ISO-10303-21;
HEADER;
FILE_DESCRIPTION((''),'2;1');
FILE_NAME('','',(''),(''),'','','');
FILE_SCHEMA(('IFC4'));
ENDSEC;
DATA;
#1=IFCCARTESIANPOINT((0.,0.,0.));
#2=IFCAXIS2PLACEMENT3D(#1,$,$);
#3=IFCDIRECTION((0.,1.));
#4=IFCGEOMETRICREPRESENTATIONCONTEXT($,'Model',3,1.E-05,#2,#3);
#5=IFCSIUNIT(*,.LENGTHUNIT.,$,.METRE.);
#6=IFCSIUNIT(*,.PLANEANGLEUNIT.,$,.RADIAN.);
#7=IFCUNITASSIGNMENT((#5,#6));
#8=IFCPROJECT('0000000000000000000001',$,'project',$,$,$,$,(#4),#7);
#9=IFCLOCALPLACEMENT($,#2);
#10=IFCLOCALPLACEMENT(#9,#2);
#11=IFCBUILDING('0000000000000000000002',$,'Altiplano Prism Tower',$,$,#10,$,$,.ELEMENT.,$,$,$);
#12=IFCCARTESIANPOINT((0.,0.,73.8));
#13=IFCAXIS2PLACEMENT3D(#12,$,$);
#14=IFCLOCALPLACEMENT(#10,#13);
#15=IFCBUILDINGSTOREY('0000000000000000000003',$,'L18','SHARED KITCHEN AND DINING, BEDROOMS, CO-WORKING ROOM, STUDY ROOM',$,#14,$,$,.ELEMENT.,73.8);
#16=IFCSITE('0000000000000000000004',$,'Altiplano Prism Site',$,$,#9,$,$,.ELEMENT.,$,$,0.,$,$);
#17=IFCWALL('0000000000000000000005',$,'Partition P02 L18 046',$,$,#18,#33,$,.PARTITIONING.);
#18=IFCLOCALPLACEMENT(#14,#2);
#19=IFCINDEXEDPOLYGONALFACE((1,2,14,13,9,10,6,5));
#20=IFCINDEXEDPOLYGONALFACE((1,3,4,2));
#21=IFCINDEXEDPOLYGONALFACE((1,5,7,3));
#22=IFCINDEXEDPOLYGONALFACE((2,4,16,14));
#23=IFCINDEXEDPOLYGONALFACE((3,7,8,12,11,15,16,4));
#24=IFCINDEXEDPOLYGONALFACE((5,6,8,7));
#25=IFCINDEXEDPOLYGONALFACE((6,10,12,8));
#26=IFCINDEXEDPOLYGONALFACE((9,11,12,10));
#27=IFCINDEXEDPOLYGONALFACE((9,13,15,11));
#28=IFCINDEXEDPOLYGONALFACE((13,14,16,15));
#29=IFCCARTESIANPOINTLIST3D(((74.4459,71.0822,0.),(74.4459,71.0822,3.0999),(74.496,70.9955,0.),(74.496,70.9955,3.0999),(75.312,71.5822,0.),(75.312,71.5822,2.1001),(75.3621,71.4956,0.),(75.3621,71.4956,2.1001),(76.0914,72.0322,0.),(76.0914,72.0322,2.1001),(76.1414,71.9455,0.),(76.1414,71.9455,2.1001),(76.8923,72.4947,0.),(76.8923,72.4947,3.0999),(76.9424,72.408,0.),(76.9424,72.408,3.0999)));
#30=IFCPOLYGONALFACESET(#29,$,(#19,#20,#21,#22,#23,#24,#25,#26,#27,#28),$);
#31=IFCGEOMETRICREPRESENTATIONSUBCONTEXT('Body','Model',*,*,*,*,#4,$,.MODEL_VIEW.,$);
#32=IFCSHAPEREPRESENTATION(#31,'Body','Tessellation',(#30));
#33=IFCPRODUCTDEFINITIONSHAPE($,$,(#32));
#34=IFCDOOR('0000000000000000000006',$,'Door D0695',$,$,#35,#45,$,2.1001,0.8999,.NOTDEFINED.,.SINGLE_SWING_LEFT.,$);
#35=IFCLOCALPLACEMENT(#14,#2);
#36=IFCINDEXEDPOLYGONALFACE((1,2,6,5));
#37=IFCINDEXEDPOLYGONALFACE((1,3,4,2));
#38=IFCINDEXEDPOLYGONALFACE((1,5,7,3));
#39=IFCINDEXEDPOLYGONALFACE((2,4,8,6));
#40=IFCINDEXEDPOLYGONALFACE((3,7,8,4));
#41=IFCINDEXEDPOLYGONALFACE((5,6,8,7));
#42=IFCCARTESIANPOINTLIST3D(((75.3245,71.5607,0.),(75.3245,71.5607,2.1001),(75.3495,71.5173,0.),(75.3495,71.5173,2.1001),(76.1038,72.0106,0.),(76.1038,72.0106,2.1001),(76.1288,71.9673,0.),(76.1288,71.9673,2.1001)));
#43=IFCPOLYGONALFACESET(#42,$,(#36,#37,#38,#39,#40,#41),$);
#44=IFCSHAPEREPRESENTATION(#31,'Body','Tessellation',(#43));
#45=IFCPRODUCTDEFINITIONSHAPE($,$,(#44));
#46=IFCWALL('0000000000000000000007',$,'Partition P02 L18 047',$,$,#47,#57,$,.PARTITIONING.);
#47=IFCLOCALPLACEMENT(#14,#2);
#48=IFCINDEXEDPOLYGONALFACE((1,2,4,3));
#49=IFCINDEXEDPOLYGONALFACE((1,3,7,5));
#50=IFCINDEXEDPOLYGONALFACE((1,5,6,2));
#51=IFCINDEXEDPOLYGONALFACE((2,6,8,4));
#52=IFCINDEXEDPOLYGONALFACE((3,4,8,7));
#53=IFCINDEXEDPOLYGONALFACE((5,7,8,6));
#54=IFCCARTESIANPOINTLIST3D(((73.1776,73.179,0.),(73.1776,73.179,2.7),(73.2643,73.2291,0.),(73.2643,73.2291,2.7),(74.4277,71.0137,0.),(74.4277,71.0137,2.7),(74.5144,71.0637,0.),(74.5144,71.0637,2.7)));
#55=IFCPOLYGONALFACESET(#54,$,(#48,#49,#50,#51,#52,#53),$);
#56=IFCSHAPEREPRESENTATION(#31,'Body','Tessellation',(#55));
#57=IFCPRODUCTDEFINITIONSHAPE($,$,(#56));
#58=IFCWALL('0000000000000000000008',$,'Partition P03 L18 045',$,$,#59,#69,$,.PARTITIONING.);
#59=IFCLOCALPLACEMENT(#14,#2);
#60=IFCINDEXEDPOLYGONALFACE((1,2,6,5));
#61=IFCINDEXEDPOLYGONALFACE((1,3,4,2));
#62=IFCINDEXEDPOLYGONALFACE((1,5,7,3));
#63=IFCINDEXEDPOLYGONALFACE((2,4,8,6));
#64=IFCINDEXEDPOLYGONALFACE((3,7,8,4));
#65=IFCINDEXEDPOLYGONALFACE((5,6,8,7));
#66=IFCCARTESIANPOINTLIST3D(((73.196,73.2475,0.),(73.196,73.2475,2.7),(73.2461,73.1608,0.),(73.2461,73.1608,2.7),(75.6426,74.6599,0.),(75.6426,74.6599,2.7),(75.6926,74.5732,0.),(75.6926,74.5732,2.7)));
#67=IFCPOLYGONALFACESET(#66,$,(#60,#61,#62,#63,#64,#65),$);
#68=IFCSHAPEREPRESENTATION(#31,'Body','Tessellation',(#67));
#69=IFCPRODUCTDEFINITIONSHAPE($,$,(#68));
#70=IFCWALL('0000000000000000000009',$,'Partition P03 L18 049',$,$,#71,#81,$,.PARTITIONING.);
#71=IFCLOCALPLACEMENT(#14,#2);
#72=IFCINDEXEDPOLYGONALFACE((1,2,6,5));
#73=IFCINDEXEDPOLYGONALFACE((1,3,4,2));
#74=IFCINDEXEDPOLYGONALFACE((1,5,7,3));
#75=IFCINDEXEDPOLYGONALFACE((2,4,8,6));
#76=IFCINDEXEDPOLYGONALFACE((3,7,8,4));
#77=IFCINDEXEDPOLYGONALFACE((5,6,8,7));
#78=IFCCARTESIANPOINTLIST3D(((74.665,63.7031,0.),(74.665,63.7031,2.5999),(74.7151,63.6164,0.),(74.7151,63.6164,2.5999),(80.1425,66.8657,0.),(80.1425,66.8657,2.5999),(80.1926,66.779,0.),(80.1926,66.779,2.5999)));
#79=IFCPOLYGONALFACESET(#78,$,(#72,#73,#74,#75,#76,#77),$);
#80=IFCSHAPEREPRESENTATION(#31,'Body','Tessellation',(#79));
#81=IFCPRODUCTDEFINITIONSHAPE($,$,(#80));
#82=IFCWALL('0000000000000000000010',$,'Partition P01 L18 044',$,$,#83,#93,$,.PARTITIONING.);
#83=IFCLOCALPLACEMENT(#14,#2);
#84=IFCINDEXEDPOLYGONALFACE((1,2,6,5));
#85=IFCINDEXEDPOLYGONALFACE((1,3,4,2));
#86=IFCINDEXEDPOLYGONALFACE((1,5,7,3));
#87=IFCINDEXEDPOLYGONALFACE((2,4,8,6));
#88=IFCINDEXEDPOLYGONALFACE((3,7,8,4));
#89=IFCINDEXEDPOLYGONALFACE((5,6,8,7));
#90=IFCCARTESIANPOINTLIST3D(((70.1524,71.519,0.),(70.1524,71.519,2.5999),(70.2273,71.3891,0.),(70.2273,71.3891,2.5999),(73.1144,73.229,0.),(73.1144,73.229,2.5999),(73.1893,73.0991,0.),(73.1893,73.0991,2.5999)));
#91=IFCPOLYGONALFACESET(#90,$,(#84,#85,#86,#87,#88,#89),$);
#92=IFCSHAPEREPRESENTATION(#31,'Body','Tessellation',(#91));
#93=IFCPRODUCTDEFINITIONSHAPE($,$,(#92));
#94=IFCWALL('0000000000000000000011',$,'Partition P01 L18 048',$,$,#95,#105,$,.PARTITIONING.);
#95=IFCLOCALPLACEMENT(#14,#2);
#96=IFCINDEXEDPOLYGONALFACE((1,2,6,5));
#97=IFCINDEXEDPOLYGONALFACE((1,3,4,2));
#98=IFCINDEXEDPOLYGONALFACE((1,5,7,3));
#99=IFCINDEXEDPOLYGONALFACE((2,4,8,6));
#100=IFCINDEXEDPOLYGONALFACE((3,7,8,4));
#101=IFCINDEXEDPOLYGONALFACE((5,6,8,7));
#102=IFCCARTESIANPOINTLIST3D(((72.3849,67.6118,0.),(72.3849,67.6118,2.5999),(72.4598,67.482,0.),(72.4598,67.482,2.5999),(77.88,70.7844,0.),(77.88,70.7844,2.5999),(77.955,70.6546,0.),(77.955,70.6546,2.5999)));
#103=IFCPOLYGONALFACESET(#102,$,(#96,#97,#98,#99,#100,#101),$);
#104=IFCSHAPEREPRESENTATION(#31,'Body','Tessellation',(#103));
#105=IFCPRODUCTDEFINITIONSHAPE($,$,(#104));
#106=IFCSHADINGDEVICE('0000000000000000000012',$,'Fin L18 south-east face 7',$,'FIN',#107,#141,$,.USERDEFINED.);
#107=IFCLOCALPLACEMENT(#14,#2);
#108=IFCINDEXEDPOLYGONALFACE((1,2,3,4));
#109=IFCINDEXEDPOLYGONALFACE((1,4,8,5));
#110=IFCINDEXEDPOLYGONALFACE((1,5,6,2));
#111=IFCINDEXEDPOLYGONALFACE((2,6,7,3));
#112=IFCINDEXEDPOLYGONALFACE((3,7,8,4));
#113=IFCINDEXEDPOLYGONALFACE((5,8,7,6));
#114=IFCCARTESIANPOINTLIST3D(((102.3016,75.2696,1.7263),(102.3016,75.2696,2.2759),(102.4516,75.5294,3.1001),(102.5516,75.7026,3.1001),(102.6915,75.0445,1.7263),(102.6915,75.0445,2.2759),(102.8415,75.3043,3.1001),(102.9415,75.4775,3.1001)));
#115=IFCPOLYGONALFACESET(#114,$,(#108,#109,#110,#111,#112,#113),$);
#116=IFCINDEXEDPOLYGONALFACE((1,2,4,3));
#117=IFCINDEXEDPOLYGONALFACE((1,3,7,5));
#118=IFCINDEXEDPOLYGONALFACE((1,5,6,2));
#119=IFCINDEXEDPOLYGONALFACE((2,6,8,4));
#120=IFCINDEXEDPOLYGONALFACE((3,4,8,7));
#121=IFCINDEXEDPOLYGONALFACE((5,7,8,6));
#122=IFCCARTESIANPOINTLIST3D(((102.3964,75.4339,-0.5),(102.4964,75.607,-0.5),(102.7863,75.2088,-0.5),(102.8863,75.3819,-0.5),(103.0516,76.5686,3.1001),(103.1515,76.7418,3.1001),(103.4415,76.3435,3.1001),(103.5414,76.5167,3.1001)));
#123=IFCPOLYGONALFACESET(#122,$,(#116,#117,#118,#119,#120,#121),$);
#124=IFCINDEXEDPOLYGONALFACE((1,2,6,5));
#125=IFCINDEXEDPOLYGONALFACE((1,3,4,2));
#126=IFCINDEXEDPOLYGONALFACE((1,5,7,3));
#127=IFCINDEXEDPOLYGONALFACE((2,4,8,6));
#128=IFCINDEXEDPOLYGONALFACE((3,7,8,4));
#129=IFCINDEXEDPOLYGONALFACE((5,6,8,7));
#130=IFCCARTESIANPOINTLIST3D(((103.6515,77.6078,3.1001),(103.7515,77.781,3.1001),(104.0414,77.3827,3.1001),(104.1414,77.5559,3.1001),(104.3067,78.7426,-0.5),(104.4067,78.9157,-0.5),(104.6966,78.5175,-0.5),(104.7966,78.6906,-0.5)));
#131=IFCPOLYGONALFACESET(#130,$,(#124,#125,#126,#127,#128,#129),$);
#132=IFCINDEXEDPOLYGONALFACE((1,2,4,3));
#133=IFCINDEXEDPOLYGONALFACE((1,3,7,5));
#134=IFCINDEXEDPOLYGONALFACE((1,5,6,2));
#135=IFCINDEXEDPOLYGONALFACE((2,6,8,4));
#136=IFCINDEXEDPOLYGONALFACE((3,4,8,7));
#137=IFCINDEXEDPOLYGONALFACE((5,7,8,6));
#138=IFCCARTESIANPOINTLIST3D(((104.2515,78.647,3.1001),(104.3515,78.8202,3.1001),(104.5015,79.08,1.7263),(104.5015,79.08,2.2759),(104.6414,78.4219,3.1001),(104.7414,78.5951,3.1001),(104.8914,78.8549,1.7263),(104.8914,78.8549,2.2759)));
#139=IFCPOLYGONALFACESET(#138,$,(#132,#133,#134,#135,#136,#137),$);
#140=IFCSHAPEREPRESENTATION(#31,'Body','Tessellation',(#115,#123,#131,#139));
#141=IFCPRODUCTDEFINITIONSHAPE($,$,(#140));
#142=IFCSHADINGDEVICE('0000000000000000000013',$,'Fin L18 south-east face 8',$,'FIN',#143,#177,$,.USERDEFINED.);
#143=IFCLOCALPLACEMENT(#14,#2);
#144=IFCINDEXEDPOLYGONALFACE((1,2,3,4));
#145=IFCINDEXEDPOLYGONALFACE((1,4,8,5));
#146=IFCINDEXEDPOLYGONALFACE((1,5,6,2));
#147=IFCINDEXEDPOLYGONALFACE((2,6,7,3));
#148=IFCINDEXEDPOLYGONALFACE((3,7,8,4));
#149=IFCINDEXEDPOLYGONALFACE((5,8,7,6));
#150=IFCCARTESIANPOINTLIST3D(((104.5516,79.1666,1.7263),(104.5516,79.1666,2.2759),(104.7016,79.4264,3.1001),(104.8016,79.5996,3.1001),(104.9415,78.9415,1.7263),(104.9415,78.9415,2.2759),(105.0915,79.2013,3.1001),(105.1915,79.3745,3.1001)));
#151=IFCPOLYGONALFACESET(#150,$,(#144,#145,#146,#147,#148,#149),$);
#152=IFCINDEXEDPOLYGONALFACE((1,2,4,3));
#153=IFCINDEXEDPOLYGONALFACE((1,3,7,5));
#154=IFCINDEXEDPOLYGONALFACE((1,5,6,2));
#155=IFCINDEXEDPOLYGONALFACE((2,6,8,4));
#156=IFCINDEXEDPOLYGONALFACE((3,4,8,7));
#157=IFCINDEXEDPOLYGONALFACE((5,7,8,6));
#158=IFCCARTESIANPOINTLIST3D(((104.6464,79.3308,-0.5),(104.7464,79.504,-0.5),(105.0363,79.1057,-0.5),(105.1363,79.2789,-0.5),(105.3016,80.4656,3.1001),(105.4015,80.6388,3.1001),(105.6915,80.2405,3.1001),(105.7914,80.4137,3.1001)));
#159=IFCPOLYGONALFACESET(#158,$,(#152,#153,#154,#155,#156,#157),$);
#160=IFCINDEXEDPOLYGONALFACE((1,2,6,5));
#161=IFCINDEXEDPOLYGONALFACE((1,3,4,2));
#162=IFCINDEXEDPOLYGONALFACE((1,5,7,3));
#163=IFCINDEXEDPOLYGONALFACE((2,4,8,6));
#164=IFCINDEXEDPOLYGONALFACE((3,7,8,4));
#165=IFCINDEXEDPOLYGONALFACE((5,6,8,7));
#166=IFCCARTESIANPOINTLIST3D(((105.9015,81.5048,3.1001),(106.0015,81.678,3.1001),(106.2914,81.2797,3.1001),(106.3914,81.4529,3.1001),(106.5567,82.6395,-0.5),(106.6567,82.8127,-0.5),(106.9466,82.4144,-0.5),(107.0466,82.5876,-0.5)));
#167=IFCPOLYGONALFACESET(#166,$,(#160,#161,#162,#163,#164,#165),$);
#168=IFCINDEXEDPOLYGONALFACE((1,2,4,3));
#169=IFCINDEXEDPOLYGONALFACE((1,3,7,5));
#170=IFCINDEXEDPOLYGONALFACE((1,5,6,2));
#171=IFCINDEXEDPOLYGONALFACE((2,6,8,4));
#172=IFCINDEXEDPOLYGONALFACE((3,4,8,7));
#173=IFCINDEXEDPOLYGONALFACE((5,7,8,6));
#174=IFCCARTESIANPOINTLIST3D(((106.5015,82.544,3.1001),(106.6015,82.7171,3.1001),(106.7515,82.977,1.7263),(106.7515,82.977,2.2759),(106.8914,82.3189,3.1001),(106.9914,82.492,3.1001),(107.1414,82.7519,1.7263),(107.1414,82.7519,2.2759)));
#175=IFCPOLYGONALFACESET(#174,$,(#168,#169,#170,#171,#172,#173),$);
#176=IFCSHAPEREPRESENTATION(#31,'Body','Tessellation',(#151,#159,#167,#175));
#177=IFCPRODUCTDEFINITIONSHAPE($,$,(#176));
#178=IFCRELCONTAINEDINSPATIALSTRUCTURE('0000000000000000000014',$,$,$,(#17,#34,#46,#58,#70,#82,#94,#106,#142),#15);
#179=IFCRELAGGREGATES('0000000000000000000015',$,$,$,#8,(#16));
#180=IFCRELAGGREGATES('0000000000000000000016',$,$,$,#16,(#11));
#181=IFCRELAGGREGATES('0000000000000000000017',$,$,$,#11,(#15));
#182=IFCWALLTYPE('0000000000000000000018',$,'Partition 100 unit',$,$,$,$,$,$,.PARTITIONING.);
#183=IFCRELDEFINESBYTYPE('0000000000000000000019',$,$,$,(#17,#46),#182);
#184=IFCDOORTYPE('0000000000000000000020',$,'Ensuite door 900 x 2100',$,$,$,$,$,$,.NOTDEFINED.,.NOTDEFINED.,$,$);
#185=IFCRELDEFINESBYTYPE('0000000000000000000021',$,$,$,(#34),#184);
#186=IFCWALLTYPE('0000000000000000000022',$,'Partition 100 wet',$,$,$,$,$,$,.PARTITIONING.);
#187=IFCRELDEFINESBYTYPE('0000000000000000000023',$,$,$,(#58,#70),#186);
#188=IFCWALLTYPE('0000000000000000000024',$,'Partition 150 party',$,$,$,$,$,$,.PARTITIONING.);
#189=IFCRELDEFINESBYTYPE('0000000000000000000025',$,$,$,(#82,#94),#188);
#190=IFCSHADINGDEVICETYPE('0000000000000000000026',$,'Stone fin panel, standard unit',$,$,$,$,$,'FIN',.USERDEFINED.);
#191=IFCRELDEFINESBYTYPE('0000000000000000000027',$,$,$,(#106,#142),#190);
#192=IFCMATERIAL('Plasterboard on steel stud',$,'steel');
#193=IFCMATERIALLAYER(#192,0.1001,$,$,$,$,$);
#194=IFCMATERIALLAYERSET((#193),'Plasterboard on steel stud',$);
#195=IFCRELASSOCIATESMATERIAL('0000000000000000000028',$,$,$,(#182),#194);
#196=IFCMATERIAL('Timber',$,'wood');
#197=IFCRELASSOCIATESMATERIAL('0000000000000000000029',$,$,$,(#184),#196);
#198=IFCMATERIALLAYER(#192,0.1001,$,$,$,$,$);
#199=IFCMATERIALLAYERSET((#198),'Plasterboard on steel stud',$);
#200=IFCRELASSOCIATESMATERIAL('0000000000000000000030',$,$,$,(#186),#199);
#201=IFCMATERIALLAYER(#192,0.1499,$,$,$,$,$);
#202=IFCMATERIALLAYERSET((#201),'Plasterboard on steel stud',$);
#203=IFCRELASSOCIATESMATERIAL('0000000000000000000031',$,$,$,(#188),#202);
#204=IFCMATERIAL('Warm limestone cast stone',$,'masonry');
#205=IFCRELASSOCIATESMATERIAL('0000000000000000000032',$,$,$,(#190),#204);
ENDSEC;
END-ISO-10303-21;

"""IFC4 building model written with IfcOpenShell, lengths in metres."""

from ifc_helpers import new_model, si_unit, direction, frame, frame_2d, origin, place, context, subcontext, project, spatial, polyline, rectangle, outline, extrude, source, transform, mapped, material, layer, layer_set, type_object, element, fill, save


model = new_model("IFC4")

# Units and contexts
model_context = context("Model", 3, precision=1e-05, world=origin(), true_north=direction((0.0, 1.0)))
body_context = subcontext(model_context, "Body", "Model", "MODEL_VIEW")
ifc_project = project(units=[si_unit("LENGTHUNIT", "METRE"), si_unit("PLANEANGLEUNIT", "RADIAN")], contexts=[model_context])

# Site, building, storey
site_placement = place(None, origin())
site = spatial("IfcSite", under=ifc_project, at=site_placement, Name="Altiplano Prism Site", CompositionType="ELEMENT", RefElevation=0.0)
building_placement = place(site_placement, origin())
building = spatial("IfcBuilding", under=site, at=building_placement, Name="Altiplano Prism Tower", CompositionType="ELEMENT")
storey_placement = place(building_placement, frame((0.0, 0.0, 73.8)))
storey = spatial("IfcBuildingStorey", under=building, at=storey_placement, Name="L18", Description="SHARED KITCHEN AND DINING, BEDROOMS, CO-WORKING ROOM, STUDY ROOM", CompositionType="ELEMENT", Elevation=73.8)

# Shared definitions
ifc_material_1 = material(Name="Plasterboard on steel stud", Category="steel")
ifc_layer_1 = layer(ifc_material_1, 0.1001)
ifc_layer_set_1 = layer_set([ifc_layer_1], Name="Plasterboard on steel stud")
wall_type_1 = type_object("IfcWallType", Name="Partition 100 unit", PredefinedType="PARTITIONING", material=ifc_layer_set_1)

# Wall, opening, door
wall_1_placement = place(storey_placement, frame((76.9175, 72.4514, 0.0), z_axis=(0.0, 0.0, 1.0), x_axis=(-0.866011, -0.500024, 0.0)))
wall_1 = element("IfcWall", 1, at=wall_1_placement, inside=storey, type_object=wall_type_1, Name="Partition P02 L18 046", PredefinedType="PARTITIONING", context=body_context, shape_type="SweptSolid", body=[
    extrude(rectangle(XDim=2.825, YDim=0.1001, at=frame_2d((1.4126, 0.0))), origin(), (0.0, 0.0, 1.0), 3.0999),
])
opening_placement = place(wall_1_placement, frame((0.925, 0.0, 0.0)))
opening = element("IfcOpeningElement", 2, at=opening_placement, cuts=wall_1, PredefinedType="OPENING", context=body_context, shape_type="SweptSolid", body=[
    extrude(rectangle(XDim=0.8999, YDim=2.1001, at=frame_2d((0.45, 1.05))), frame((0.0, 0.0605, 0.0), z_axis=(0.0, -1.0, 0.0), x_axis=(1.0, 0.0, 0.0)), (0.0, 0.0, 1.0), 0.1211),
])
ifc_material_2 = material(Name="Timber", Category="wood")
door_type = type_object("IfcDoorType", Name="Ensuite door 900 x 2100", OperationType="NOTDEFINED", PredefinedType="NOTDEFINED", material=ifc_material_2)
door_placement = place(opening_placement, origin())
door = element("IfcDoor", 3, at=door_placement, inside=storey, type_object=door_type, Name="Door D0695", OperationType="SINGLE_SWING_LEFT", OverallHeight=2.1001, OverallWidth=0.8999, PredefinedType="NOTDEFINED", context=body_context, shape_type="SweptSolid", body=[
    extrude(rectangle(XDim=0.8999, YDim=2.1001, at=frame_2d((0.45, 1.05))), frame((0.0, 0.0249, 0.0), z_axis=(0.0, -1.0, 0.0), x_axis=(1.0, 0.0, 0.0)), (0.0, 0.0, 1.0), 0.05),
])
fill(opening, door)

# Walls
wall_2_placement = place(storey_placement, frame((74.4709, 71.0388, 0.0), z_axis=(0.0, 0.0, 1.0), x_axis=(-0.499962, 0.866047, 0.0)))
element("IfcWall", 4, at=wall_2_placement, inside=storey, type_object=wall_type_1, Name="Partition P02 L18 047", PredefinedType="PARTITIONING", context=body_context, shape_type="SweptSolid", body=[
    extrude(rectangle(XDim=2.5002, YDim=0.1001, at=frame_2d((1.25, 0.0))), origin(), (0.0, 0.0, 1.0), 2.7),
])
ifc_layer_2 = layer(ifc_material_1, 0.1001)
ifc_layer_set_2 = layer_set([ifc_layer_2], Name="Plasterboard on steel stud")
wall_type_2 = type_object("IfcWallType", Name="Partition 100 wet", PredefinedType="PARTITIONING", material=ifc_layer_set_2)
wall_3_placement = place(storey_placement, frame((73.2209, 73.2041, 0.0), z_axis=(0.0, 0.0, 1.0), x_axis=(0.866049, 0.499959, 0.0)))
element("IfcWall", 5, at=wall_3_placement, inside=storey, type_object=wall_type_2, Name="Partition P03 L18 045", PredefinedType="PARTITIONING", context=body_context, shape_type="SweptSolid", body=[
    extrude(rectangle(XDim=2.825, YDim=0.1001, at=frame_2d((1.4126, 0.0))), origin(), (0.0, 0.0, 1.0), 2.7),
])
wall_4_placement = place(storey_placement, frame((74.6899, 63.6597, 0.0), z_axis=(0.0, 0.0, 1.0), x_axis=(0.866016, 0.500016, 0.0)))
element("IfcWall", 6, at=wall_4_placement, inside=storey, type_object=wall_type_2, Name="Partition P03 L18 049", PredefinedType="PARTITIONING", context=body_context, shape_type="SweptSolid", body=[
    extrude(rectangle(XDim=6.325, YDim=0.1001, at=frame_2d((3.1626, 0.0))), origin(), (0.0, 0.0, 1.0), 2.5999),
])
ifc_layer_3 = layer(ifc_material_1, 0.1499)
ifc_layer_set_3 = layer_set([ifc_layer_3], Name="Plasterboard on steel stud")
wall_type_3 = type_object("IfcWallType", Name="Partition 150 party", PredefinedType="PARTITIONING", material=ifc_layer_set_3)
wall_5_placement = place(storey_placement, frame((70.1899, 71.4541, 0.0), z_axis=(0.0, 0.0, 1.0), x_axis=(0.866038, 0.499978, 0.0)))
element("IfcWall", 7, at=wall_5_placement, inside=storey, type_object=wall_type_3, Name="Partition P01 L18 044", PredefinedType="PARTITIONING", context=body_context, shape_type="SweptSolid", body=[
    extrude(rectangle(XDim=3.4202, YDim=0.1499, at=frame_2d((1.71, 0.0))), origin(), (0.0, 0.0, 1.0), 2.5999),
])
wall_6_placement = place(storey_placement, frame((72.4224, 67.5469, 0.0), z_axis=(0.0, 0.0, 1.0), x_axis=(0.866025, 0.5, 0.0)))
element("IfcWall", 8, at=wall_6_placement, inside=storey, type_object=wall_type_3, Name="Partition P01 L18 048", PredefinedType="PARTITIONING", context=body_context, shape_type="SweptSolid", body=[
    extrude(rectangle(XDim=6.3452, YDim=0.1499, at=frame_2d((3.1726, 0.0))), origin(), (0.0, 0.0, 1.0), 2.5999),
])

# Shading devices
ifc_material_3 = material(Name="Warm limestone cast stone", Category="masonry")
shading_device_type_1 = type_object("IfcShadingDeviceType", Name="Stone fin panel, standard unit", ElementType="FIN", PredefinedType="USERDEFINED", material=ifc_material_3)
shared_shape_1 = source(origin(), body_context, "Body", "SweptSolid", [
    extrude(outline(polyline([(-2.2, 2.2263), (-1.7, 3.6001), (-1.8999, 3.6001), (-2.2, 2.7759), (-2.2, 2.2263)])), frame((0.0, -0.1499, 0.0), z_axis=(0.0, -1.0, 0.0), x_axis=(1.0, 0.0, 0.0)), (0.0, 0.0, 1.0), 0.4502),
    extrude(outline(polyline([(-2.0103, 0.0), (-1.8103, 0.0), (-0.5, 3.6001), (-0.7, 3.6001), (-2.0103, 0.0)])), frame((0.0, -0.1499, 0.0), z_axis=(0.0, -1.0, 0.0), x_axis=(1.0, 0.0, 0.0)), (0.0, 0.0, 1.0), 0.4502),
    extrude(outline(polyline([(1.8103, 0.0), (2.0103, 0.0), (0.7, 3.6001), (0.5, 3.6001), (1.8103, 0.0)])), frame((0.0, -0.1499, 0.0), z_axis=(0.0, -1.0, 0.0), x_axis=(1.0, 0.0, 0.0)), (0.0, 0.0, 1.0), 0.4502),
    extrude(outline(polyline([(2.2, 2.7759), (1.8999, 3.6001), (1.7, 3.6001), (2.2, 2.2263), (2.2, 2.7759)])), frame((0.0, -0.1499, 0.0), z_axis=(0.0, -1.0, 0.0), x_axis=(1.0, 0.0, 0.0)), (0.0, 0.0, 1.0), 0.4502),
])
shading_device_1_placement = place(storey_placement, origin())
element("IfcShadingDevice", 9, at=shading_device_1_placement, inside=storey, type_object=shading_device_type_1, Name="Fin L18 south-east face 7", ObjectType="FIN", PredefinedType="USERDEFINED", context=body_context, shape_type="MappedRepresentation", body=[
    mapped(shared_shape_1, transform((103.2717, 77.2498, -0.5), x_axis=(0.5, 0.866025, 0.0), y_axis=(-0.866025, 0.5, 0.0), z_axis=(0.0, 0.0, 1.0))),
])
shading_device_2_placement = place(storey_placement, origin())
element("IfcShadingDevice", 10, at=shading_device_2_placement, inside=storey, type_object=shading_device_type_1, Name="Fin L18 south-east face 8", ObjectType="FIN", PredefinedType="USERDEFINED", context=body_context, shape_type="MappedRepresentation", body=[
    mapped(shared_shape_1, transform((105.5217, 81.1467, -0.5), x_axis=(0.5, 0.866025, 0.0), y_axis=(-0.866025, 0.5, 0.0), z_axis=(0.0, 0.0, 1.0))),
])

save(model, "model.ifc")
